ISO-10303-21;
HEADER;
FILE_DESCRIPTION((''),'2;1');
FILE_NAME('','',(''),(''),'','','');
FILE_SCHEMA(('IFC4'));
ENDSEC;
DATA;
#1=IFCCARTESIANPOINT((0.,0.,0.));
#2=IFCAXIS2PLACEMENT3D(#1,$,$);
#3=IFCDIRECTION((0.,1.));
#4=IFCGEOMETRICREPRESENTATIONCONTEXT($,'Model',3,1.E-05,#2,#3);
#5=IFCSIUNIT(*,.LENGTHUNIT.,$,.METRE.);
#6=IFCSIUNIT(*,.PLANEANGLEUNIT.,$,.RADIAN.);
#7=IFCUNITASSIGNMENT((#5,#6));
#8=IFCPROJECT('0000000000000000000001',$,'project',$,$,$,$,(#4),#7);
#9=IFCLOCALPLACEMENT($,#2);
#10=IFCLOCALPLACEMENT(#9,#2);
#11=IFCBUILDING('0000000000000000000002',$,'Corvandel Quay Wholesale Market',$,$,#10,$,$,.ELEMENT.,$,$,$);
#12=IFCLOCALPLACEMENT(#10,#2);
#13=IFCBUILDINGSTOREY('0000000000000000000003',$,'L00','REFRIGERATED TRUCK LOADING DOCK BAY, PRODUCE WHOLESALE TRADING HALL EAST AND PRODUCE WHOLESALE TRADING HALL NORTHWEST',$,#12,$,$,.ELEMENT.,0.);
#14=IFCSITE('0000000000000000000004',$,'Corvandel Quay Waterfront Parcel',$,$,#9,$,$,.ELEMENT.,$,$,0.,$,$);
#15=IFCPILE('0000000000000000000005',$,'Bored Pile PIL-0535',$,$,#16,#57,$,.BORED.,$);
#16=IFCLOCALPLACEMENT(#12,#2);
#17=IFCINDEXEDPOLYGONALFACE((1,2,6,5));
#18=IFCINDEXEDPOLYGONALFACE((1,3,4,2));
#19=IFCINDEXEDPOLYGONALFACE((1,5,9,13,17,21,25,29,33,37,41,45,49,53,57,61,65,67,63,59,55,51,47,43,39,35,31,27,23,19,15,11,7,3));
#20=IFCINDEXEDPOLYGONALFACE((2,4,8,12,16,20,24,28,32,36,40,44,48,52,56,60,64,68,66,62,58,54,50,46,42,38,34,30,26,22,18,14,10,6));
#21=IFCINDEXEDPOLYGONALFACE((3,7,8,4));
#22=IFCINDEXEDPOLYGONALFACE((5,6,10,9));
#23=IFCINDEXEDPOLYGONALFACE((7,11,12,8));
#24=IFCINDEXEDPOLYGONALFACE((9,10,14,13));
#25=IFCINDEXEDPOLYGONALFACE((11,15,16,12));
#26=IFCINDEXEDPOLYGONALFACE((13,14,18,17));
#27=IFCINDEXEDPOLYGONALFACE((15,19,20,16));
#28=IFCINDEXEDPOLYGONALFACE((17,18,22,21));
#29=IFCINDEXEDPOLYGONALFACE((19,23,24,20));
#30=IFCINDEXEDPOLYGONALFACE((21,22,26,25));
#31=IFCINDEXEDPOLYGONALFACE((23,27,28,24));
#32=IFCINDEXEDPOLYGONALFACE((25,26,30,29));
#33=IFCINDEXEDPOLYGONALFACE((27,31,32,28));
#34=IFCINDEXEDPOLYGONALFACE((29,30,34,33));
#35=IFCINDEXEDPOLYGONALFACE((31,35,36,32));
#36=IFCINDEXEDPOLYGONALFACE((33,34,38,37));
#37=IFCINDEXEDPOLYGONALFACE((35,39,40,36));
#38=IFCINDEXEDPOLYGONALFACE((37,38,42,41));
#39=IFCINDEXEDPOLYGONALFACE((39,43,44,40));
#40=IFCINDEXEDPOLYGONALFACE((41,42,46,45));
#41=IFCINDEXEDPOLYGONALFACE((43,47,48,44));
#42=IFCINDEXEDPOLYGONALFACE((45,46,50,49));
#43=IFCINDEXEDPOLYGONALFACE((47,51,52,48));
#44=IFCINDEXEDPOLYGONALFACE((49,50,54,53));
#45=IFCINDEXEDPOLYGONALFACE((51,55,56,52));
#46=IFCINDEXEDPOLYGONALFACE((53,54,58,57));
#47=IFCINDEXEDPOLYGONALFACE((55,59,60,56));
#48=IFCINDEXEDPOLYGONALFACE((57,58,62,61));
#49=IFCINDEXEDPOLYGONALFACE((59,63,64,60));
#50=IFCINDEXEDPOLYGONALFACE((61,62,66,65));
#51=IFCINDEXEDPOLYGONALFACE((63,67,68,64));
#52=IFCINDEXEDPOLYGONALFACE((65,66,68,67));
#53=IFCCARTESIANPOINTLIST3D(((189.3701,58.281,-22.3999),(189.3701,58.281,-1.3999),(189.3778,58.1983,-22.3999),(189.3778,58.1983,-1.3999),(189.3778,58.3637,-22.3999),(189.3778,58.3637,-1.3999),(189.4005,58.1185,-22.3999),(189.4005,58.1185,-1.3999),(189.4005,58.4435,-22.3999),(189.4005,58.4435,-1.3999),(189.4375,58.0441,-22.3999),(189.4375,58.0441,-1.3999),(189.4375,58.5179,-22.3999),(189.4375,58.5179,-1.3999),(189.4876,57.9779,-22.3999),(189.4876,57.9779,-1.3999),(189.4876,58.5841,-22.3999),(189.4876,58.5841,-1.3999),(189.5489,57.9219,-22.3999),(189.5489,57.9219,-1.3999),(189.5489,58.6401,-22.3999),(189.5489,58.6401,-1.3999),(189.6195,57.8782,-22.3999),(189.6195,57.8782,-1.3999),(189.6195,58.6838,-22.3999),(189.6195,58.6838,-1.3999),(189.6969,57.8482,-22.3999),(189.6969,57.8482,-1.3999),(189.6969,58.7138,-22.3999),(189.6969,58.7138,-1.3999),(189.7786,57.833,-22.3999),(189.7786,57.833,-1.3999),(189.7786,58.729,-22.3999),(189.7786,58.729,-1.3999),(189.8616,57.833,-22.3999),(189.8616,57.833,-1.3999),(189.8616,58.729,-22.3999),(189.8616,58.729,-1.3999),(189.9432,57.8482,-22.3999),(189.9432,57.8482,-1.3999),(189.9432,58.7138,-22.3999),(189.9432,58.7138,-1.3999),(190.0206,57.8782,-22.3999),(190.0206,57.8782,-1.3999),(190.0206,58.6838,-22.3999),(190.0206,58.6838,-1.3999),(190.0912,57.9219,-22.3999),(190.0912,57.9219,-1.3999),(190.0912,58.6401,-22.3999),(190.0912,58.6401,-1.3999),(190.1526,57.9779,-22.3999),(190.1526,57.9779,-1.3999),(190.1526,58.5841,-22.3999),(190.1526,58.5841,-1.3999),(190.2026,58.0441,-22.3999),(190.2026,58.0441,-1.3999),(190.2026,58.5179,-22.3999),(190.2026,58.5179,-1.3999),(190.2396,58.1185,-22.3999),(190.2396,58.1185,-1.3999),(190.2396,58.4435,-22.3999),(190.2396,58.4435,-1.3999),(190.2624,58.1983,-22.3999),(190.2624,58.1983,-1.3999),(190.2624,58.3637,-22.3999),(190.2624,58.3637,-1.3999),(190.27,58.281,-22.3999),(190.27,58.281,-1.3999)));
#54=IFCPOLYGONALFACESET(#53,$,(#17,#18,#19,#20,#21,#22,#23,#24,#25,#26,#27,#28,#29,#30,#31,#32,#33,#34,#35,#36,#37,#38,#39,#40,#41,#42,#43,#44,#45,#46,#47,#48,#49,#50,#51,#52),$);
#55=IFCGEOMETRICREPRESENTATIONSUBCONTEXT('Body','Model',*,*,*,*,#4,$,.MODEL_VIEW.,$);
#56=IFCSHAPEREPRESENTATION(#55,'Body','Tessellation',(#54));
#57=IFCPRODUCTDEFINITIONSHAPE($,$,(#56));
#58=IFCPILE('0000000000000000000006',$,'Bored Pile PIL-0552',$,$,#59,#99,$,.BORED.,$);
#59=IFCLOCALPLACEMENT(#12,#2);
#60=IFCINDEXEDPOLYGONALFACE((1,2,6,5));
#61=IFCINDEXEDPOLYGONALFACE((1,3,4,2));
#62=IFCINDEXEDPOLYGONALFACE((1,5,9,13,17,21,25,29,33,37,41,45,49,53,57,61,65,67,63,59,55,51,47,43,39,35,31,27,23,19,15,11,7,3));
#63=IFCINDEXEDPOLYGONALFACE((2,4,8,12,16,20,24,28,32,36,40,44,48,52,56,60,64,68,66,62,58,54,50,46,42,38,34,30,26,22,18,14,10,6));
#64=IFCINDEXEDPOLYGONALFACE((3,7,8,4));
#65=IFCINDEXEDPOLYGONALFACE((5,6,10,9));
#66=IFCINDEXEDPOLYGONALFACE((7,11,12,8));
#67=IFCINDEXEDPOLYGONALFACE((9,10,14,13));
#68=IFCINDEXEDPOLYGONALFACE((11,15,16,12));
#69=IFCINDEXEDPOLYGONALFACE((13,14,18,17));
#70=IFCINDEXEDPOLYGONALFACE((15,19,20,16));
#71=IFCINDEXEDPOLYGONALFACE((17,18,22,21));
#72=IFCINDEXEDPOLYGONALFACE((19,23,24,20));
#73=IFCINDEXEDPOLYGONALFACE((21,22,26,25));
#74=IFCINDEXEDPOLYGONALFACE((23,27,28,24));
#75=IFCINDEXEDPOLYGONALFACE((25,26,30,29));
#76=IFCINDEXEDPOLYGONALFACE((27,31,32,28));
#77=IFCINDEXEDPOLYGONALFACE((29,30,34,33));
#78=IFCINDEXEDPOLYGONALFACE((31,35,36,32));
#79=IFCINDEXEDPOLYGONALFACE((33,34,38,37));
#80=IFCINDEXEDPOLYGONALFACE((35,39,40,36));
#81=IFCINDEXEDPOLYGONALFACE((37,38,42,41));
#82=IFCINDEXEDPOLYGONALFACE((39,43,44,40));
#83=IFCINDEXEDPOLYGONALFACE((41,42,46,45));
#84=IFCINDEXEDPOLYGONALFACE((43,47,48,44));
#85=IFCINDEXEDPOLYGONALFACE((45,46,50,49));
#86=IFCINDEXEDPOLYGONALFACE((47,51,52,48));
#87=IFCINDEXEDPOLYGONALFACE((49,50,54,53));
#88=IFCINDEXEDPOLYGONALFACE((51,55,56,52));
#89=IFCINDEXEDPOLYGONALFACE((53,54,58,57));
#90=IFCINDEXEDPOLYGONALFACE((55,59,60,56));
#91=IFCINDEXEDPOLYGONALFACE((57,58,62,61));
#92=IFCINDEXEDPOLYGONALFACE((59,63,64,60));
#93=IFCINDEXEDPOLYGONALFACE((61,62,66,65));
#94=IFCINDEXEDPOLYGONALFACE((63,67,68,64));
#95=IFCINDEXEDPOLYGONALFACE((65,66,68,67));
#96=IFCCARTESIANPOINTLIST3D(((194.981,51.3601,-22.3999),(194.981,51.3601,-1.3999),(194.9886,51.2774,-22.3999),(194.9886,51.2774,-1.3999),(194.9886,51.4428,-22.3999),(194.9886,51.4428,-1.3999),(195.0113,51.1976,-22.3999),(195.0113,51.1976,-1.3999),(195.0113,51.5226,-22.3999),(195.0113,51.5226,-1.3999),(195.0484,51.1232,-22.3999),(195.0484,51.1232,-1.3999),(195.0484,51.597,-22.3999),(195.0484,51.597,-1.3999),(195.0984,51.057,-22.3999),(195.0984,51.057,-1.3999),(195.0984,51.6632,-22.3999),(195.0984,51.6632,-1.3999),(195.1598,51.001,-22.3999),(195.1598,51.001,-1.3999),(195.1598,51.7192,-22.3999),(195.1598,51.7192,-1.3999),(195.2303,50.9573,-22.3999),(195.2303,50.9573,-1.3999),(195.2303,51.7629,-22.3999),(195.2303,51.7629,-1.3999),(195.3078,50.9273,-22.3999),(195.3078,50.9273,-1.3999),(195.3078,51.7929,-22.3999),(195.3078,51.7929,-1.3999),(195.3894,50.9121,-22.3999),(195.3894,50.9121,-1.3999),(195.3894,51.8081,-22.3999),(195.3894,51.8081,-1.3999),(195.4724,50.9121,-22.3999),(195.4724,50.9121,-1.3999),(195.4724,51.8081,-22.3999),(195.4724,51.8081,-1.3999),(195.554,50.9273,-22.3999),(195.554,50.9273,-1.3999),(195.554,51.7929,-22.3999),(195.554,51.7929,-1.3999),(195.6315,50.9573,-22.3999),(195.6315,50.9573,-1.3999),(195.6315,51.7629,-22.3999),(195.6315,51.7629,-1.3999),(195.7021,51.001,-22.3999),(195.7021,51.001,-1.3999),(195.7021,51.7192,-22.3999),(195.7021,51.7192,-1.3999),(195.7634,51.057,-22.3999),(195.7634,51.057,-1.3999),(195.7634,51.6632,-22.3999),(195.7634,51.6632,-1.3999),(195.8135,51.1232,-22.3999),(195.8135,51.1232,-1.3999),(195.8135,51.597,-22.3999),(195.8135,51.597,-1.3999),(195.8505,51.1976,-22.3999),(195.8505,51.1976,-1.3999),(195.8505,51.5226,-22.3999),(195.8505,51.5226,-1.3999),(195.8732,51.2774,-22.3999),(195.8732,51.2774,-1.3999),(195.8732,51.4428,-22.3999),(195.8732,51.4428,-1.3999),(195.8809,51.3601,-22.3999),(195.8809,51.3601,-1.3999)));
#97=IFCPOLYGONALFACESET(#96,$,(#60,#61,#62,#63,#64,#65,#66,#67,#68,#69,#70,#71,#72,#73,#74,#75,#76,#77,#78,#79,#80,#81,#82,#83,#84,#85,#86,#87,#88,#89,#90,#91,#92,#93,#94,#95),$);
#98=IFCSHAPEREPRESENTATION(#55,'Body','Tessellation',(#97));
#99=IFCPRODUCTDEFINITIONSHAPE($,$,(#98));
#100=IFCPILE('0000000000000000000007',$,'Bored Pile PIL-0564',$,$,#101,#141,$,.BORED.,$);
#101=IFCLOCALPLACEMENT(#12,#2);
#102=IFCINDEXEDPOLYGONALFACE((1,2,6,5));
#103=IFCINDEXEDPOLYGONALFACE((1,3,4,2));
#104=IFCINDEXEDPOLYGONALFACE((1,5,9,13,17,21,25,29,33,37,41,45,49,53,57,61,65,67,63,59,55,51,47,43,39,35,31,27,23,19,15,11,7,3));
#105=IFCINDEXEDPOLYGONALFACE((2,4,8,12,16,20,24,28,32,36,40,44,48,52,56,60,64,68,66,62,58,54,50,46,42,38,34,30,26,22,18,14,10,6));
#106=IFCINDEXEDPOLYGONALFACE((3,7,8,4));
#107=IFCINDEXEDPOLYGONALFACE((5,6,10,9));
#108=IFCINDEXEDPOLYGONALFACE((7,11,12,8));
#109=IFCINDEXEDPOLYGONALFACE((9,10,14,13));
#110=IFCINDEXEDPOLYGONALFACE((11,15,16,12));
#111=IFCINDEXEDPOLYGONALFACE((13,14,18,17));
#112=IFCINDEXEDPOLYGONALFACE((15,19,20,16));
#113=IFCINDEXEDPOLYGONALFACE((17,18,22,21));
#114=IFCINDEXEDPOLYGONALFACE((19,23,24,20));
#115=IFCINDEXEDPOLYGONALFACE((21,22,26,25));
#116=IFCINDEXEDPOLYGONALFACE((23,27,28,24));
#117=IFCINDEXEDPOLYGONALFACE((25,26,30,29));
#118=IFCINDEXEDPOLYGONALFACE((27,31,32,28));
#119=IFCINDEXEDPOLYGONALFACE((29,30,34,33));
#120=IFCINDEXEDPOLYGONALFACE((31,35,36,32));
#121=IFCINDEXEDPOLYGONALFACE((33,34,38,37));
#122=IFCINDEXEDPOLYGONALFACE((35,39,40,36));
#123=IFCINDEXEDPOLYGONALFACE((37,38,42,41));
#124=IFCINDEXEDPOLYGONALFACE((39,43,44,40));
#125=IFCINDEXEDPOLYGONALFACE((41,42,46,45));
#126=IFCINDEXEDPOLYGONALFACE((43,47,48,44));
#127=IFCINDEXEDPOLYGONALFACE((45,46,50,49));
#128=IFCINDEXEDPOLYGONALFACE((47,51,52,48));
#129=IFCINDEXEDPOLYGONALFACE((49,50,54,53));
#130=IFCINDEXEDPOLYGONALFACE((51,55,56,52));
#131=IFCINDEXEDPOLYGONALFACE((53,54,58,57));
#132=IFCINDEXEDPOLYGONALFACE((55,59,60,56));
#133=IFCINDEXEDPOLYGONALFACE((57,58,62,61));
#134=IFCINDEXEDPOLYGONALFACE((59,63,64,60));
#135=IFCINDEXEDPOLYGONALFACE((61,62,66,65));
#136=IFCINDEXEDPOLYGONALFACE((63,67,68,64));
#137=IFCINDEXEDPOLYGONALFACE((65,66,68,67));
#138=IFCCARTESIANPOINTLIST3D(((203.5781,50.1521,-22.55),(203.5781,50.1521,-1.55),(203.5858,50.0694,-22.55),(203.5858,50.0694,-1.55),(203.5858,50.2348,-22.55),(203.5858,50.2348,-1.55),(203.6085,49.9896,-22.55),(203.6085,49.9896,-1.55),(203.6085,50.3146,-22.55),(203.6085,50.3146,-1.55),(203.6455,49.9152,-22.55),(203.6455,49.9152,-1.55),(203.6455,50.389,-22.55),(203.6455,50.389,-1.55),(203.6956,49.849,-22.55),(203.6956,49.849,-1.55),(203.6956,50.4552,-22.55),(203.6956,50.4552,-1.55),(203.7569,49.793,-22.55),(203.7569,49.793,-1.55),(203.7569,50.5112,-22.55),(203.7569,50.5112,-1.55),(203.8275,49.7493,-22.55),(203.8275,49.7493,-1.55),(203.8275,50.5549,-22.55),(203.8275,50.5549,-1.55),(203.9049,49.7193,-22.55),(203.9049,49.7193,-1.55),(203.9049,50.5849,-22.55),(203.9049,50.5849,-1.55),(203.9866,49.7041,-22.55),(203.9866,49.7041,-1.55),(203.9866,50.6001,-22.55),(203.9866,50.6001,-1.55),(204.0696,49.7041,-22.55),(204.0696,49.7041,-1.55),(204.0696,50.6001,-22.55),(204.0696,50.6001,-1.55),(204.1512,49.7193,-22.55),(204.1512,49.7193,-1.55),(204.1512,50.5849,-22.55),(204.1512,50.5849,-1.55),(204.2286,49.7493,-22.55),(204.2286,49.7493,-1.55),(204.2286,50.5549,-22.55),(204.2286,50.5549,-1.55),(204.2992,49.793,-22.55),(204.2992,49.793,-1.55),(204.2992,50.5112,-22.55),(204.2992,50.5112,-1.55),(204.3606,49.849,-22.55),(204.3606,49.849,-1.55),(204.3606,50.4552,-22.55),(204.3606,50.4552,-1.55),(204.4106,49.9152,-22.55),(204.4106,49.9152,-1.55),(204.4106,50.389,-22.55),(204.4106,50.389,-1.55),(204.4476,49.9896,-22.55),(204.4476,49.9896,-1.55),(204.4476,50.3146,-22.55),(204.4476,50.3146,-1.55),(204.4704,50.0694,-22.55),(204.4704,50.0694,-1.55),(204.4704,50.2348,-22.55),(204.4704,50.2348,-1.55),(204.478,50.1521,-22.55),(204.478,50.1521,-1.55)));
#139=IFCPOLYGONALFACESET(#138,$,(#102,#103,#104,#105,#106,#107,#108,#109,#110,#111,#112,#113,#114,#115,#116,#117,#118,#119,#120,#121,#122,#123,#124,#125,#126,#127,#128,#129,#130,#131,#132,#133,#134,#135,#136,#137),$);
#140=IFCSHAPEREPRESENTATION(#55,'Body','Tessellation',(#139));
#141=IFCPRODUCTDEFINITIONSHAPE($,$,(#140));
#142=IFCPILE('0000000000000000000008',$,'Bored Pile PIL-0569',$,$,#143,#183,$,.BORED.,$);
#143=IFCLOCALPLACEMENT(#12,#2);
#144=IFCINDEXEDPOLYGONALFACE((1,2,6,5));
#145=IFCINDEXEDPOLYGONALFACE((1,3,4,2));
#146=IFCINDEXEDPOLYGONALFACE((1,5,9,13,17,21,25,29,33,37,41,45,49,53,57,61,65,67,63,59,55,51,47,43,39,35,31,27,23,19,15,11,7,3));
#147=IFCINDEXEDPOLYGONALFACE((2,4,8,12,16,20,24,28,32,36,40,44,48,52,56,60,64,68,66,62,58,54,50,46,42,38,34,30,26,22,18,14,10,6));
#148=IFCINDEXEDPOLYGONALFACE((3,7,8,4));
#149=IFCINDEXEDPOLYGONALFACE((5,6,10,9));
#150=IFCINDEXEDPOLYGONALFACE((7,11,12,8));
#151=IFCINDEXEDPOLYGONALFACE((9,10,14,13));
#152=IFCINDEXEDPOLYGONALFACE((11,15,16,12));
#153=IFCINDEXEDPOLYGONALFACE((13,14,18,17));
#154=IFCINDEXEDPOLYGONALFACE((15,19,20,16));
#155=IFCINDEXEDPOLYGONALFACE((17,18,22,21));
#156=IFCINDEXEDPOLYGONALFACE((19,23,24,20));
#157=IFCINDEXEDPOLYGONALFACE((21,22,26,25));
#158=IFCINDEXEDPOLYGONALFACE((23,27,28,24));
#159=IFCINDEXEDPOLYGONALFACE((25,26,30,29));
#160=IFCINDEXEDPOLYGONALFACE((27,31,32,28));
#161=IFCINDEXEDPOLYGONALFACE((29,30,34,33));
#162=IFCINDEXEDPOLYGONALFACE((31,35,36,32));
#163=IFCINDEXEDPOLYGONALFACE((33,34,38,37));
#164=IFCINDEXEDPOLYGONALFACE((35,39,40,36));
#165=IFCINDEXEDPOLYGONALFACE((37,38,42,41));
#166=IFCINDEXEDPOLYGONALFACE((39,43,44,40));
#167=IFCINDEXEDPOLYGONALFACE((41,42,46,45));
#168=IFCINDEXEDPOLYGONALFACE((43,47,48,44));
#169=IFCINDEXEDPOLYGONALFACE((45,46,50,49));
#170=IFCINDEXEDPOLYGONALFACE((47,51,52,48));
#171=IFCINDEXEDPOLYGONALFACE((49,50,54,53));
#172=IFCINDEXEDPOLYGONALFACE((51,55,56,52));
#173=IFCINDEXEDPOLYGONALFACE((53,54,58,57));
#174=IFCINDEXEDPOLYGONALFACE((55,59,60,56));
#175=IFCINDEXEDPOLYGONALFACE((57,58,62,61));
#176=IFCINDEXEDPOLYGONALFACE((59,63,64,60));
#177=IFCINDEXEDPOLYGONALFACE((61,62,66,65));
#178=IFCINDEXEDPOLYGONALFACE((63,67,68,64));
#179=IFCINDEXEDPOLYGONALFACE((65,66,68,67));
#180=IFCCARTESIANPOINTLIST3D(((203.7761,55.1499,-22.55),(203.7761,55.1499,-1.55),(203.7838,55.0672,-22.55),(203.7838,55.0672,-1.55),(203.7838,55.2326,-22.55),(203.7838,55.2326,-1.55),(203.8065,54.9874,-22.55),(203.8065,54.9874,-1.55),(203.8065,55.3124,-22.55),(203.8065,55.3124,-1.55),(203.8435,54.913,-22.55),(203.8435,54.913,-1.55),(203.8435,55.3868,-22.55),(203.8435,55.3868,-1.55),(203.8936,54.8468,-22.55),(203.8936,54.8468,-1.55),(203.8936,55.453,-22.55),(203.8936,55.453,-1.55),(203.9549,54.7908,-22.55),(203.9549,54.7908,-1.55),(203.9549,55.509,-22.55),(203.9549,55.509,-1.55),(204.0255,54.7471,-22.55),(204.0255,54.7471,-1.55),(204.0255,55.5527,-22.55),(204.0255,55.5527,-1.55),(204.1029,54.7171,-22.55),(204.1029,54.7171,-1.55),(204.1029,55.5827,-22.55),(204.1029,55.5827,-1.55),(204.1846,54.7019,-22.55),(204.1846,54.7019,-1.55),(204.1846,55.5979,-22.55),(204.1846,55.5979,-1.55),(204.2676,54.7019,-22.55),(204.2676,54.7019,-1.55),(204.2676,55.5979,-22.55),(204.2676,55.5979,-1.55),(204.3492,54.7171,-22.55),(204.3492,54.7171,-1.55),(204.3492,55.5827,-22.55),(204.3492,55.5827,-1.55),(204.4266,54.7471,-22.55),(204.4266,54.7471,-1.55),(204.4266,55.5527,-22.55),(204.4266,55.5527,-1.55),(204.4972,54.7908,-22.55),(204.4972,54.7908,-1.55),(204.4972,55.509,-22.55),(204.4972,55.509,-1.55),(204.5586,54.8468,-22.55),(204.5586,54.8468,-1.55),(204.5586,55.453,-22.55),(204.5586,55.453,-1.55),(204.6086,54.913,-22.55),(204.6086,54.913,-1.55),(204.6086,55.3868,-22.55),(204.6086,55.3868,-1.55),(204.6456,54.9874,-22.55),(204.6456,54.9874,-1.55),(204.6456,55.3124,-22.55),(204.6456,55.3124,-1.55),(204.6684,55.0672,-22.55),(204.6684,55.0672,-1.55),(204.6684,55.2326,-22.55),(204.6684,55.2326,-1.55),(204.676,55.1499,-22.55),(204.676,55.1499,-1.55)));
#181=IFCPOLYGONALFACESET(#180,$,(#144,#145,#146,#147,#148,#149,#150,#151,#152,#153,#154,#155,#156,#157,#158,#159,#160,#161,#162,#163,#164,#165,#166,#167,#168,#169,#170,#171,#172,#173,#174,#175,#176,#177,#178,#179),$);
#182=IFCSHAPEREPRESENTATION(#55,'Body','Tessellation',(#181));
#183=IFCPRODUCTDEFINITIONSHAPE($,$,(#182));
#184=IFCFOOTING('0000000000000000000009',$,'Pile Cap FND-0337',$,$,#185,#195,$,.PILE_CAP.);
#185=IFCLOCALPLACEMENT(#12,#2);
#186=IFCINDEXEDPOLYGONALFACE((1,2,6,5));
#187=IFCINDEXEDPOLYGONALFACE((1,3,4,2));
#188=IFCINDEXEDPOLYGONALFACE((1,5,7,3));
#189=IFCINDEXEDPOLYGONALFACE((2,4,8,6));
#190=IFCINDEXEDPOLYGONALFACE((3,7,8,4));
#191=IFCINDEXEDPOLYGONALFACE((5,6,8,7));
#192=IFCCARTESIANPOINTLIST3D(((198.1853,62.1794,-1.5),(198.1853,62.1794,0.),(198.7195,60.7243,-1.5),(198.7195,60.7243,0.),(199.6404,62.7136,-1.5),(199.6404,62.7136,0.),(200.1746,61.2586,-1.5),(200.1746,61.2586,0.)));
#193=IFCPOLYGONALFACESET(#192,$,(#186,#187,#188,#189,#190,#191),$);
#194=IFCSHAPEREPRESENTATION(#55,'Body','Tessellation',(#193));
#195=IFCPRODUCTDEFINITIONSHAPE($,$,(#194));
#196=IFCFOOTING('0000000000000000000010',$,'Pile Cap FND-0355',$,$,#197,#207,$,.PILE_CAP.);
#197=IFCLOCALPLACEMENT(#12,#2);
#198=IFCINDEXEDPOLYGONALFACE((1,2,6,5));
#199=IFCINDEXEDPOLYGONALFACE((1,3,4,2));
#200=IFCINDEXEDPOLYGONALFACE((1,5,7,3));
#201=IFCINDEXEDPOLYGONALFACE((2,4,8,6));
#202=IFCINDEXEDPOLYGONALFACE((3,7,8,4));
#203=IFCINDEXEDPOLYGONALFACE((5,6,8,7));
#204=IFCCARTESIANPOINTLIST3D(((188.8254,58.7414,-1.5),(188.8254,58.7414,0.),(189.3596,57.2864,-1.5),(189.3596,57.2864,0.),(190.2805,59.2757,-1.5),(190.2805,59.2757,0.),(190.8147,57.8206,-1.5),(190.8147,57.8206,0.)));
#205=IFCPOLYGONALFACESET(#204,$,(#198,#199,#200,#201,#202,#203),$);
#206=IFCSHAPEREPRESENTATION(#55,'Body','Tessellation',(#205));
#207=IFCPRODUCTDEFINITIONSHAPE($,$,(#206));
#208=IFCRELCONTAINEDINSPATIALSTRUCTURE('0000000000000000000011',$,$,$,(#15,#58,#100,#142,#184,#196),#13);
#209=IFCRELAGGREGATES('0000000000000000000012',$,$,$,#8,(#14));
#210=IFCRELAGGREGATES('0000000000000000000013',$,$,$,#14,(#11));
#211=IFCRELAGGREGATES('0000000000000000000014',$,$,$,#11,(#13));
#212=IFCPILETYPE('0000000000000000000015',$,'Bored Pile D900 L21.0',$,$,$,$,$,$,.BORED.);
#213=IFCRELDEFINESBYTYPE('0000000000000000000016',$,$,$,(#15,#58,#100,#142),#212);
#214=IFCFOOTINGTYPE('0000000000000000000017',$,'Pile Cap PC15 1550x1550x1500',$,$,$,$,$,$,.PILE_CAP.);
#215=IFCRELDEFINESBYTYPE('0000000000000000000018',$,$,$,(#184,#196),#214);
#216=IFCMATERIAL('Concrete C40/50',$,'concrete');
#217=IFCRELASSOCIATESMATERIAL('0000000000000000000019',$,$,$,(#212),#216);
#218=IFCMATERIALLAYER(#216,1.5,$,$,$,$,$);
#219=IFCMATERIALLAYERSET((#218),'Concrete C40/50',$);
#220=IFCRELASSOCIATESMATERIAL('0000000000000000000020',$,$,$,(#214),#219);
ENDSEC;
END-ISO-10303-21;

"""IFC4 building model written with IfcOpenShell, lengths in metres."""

from ifc_helpers import new_model, si_unit, direction, frame, origin, origin_2d, place, context, subcontext, project, spatial, rectangle, circle, extrude, material, layer, layer_set, material_profile, profile_set, type_object, element, save


model = new_model("IFC4")

# Units and contexts
model_context = context("Model", 3, precision=1e-05, world=origin(), true_north=direction((0.0, 1.0)))
body_context = subcontext(model_context, "Body", "Model", "MODEL_VIEW")
ifc_project = project(units=[si_unit("LENGTHUNIT", "METRE"), si_unit("PLANEANGLEUNIT", "RADIAN")], contexts=[model_context])

# Site, building, storey
site_placement = place(None, origin())
site = spatial("IfcSite", under=ifc_project, at=site_placement, Name="Corvandel Quay Waterfront Parcel", CompositionType="ELEMENT", RefElevation=0.0)
building_placement = place(site_placement, origin())
building = spatial("IfcBuilding", under=site, at=building_placement, Name="Corvandel Quay Wholesale Market", CompositionType="ELEMENT")
storey_placement = place(building_placement, origin())
storey = spatial("IfcBuildingStorey", under=building, at=storey_placement, Name="L00", Description="REFRIGERATED TRUCK LOADING DOCK BAY, PRODUCE WHOLESALE TRADING HALL EAST AND PRODUCE WHOLESALE TRADING HALL NORTHWEST", CompositionType="ELEMENT", Elevation=0.0)

# Piles
ifc_material_1 = material(Name="Concrete C40/50", Category="concrete")
ifc_material_profile_1 = material_profile(ifc_material_1, circle(Radius=0.45, at=origin_2d()), Name="RC-PILE-D900")
ifc_profile_set_1 = profile_set([ifc_material_profile_1], Name="Concrete C40/50")
pile_type_1 = type_object("IfcPileType", Name="Bored Pile D900 L21.0", PredefinedType="BORED", material=ifc_profile_set_1)
for number, where, z_axis, x_axis, name in (
    (1, (189.8201, 58.281, -1.3999), (0.0, 0.0, -1.0), (1.0, 0.0, 0.0), "Bored Pile PIL-0535"),
    (2, (195.4309, 51.3601, -1.3999), (0.0, 0.0, -1.0), (1.0, 0.0, 0.0), "Bored Pile PIL-0552"),
    (3, (204.0281, 50.1521, -1.55), (0.0, 0.0, -1.0), (1.0, 0.0, 0.0), "Bored Pile PIL-0564"),
    (4, (204.2261, 55.1499, -1.55), (0.0, 0.0, -1.0), (1.0, 0.0, 0.0), "Bored Pile PIL-0569"),
):
    element("IfcPile", number, at=place(storey_placement, frame(where, z_axis=z_axis, x_axis=x_axis)), inside=storey, type_object=pile_type_1, Name=name, PredefinedType="BORED", context=body_context, shape_type="SweptSolid", body=[
        extrude(circle(Radius=0.45, at=origin_2d()), origin(), (0.0, 0.0, 1.0), 21.0),
    ])

# Footings
ifc_layer_1 = layer(ifc_material_1, 1.5)
ifc_layer_set_1 = layer_set([ifc_layer_1], Name="Concrete C40/50")
footing_type_1 = type_object("IfcFootingType", Name="Pile Cap PC15 1550x1550x1500", PredefinedType="PILE_CAP", material=ifc_layer_set_1)
for number, where, z_axis, x_axis, name in (
    (5, (199.1799, 61.719, -1.5), (0.0, 0.0, 1.0), (-0.344643, 0.938734, 0.0), "Pile Cap FND-0337"),
    (6, (189.8201, 58.281, -1.5), (0.0, 0.0, 1.0), (-0.344643, 0.938734, 0.0), "Pile Cap FND-0355"),
):
    element("IfcFooting", number, at=place(storey_placement, frame(where, z_axis=z_axis, x_axis=x_axis)), inside=storey, type_object=footing_type_1, Name=name, PredefinedType="PILE_CAP", context=body_context, shape_type="SweptSolid", body=[
        extrude(rectangle(XDim=1.55, YDim=1.55, at=origin_2d()), origin(), (0.0, 0.0, 1.0), 1.5),
    ])

save(model, "model.ifc")
